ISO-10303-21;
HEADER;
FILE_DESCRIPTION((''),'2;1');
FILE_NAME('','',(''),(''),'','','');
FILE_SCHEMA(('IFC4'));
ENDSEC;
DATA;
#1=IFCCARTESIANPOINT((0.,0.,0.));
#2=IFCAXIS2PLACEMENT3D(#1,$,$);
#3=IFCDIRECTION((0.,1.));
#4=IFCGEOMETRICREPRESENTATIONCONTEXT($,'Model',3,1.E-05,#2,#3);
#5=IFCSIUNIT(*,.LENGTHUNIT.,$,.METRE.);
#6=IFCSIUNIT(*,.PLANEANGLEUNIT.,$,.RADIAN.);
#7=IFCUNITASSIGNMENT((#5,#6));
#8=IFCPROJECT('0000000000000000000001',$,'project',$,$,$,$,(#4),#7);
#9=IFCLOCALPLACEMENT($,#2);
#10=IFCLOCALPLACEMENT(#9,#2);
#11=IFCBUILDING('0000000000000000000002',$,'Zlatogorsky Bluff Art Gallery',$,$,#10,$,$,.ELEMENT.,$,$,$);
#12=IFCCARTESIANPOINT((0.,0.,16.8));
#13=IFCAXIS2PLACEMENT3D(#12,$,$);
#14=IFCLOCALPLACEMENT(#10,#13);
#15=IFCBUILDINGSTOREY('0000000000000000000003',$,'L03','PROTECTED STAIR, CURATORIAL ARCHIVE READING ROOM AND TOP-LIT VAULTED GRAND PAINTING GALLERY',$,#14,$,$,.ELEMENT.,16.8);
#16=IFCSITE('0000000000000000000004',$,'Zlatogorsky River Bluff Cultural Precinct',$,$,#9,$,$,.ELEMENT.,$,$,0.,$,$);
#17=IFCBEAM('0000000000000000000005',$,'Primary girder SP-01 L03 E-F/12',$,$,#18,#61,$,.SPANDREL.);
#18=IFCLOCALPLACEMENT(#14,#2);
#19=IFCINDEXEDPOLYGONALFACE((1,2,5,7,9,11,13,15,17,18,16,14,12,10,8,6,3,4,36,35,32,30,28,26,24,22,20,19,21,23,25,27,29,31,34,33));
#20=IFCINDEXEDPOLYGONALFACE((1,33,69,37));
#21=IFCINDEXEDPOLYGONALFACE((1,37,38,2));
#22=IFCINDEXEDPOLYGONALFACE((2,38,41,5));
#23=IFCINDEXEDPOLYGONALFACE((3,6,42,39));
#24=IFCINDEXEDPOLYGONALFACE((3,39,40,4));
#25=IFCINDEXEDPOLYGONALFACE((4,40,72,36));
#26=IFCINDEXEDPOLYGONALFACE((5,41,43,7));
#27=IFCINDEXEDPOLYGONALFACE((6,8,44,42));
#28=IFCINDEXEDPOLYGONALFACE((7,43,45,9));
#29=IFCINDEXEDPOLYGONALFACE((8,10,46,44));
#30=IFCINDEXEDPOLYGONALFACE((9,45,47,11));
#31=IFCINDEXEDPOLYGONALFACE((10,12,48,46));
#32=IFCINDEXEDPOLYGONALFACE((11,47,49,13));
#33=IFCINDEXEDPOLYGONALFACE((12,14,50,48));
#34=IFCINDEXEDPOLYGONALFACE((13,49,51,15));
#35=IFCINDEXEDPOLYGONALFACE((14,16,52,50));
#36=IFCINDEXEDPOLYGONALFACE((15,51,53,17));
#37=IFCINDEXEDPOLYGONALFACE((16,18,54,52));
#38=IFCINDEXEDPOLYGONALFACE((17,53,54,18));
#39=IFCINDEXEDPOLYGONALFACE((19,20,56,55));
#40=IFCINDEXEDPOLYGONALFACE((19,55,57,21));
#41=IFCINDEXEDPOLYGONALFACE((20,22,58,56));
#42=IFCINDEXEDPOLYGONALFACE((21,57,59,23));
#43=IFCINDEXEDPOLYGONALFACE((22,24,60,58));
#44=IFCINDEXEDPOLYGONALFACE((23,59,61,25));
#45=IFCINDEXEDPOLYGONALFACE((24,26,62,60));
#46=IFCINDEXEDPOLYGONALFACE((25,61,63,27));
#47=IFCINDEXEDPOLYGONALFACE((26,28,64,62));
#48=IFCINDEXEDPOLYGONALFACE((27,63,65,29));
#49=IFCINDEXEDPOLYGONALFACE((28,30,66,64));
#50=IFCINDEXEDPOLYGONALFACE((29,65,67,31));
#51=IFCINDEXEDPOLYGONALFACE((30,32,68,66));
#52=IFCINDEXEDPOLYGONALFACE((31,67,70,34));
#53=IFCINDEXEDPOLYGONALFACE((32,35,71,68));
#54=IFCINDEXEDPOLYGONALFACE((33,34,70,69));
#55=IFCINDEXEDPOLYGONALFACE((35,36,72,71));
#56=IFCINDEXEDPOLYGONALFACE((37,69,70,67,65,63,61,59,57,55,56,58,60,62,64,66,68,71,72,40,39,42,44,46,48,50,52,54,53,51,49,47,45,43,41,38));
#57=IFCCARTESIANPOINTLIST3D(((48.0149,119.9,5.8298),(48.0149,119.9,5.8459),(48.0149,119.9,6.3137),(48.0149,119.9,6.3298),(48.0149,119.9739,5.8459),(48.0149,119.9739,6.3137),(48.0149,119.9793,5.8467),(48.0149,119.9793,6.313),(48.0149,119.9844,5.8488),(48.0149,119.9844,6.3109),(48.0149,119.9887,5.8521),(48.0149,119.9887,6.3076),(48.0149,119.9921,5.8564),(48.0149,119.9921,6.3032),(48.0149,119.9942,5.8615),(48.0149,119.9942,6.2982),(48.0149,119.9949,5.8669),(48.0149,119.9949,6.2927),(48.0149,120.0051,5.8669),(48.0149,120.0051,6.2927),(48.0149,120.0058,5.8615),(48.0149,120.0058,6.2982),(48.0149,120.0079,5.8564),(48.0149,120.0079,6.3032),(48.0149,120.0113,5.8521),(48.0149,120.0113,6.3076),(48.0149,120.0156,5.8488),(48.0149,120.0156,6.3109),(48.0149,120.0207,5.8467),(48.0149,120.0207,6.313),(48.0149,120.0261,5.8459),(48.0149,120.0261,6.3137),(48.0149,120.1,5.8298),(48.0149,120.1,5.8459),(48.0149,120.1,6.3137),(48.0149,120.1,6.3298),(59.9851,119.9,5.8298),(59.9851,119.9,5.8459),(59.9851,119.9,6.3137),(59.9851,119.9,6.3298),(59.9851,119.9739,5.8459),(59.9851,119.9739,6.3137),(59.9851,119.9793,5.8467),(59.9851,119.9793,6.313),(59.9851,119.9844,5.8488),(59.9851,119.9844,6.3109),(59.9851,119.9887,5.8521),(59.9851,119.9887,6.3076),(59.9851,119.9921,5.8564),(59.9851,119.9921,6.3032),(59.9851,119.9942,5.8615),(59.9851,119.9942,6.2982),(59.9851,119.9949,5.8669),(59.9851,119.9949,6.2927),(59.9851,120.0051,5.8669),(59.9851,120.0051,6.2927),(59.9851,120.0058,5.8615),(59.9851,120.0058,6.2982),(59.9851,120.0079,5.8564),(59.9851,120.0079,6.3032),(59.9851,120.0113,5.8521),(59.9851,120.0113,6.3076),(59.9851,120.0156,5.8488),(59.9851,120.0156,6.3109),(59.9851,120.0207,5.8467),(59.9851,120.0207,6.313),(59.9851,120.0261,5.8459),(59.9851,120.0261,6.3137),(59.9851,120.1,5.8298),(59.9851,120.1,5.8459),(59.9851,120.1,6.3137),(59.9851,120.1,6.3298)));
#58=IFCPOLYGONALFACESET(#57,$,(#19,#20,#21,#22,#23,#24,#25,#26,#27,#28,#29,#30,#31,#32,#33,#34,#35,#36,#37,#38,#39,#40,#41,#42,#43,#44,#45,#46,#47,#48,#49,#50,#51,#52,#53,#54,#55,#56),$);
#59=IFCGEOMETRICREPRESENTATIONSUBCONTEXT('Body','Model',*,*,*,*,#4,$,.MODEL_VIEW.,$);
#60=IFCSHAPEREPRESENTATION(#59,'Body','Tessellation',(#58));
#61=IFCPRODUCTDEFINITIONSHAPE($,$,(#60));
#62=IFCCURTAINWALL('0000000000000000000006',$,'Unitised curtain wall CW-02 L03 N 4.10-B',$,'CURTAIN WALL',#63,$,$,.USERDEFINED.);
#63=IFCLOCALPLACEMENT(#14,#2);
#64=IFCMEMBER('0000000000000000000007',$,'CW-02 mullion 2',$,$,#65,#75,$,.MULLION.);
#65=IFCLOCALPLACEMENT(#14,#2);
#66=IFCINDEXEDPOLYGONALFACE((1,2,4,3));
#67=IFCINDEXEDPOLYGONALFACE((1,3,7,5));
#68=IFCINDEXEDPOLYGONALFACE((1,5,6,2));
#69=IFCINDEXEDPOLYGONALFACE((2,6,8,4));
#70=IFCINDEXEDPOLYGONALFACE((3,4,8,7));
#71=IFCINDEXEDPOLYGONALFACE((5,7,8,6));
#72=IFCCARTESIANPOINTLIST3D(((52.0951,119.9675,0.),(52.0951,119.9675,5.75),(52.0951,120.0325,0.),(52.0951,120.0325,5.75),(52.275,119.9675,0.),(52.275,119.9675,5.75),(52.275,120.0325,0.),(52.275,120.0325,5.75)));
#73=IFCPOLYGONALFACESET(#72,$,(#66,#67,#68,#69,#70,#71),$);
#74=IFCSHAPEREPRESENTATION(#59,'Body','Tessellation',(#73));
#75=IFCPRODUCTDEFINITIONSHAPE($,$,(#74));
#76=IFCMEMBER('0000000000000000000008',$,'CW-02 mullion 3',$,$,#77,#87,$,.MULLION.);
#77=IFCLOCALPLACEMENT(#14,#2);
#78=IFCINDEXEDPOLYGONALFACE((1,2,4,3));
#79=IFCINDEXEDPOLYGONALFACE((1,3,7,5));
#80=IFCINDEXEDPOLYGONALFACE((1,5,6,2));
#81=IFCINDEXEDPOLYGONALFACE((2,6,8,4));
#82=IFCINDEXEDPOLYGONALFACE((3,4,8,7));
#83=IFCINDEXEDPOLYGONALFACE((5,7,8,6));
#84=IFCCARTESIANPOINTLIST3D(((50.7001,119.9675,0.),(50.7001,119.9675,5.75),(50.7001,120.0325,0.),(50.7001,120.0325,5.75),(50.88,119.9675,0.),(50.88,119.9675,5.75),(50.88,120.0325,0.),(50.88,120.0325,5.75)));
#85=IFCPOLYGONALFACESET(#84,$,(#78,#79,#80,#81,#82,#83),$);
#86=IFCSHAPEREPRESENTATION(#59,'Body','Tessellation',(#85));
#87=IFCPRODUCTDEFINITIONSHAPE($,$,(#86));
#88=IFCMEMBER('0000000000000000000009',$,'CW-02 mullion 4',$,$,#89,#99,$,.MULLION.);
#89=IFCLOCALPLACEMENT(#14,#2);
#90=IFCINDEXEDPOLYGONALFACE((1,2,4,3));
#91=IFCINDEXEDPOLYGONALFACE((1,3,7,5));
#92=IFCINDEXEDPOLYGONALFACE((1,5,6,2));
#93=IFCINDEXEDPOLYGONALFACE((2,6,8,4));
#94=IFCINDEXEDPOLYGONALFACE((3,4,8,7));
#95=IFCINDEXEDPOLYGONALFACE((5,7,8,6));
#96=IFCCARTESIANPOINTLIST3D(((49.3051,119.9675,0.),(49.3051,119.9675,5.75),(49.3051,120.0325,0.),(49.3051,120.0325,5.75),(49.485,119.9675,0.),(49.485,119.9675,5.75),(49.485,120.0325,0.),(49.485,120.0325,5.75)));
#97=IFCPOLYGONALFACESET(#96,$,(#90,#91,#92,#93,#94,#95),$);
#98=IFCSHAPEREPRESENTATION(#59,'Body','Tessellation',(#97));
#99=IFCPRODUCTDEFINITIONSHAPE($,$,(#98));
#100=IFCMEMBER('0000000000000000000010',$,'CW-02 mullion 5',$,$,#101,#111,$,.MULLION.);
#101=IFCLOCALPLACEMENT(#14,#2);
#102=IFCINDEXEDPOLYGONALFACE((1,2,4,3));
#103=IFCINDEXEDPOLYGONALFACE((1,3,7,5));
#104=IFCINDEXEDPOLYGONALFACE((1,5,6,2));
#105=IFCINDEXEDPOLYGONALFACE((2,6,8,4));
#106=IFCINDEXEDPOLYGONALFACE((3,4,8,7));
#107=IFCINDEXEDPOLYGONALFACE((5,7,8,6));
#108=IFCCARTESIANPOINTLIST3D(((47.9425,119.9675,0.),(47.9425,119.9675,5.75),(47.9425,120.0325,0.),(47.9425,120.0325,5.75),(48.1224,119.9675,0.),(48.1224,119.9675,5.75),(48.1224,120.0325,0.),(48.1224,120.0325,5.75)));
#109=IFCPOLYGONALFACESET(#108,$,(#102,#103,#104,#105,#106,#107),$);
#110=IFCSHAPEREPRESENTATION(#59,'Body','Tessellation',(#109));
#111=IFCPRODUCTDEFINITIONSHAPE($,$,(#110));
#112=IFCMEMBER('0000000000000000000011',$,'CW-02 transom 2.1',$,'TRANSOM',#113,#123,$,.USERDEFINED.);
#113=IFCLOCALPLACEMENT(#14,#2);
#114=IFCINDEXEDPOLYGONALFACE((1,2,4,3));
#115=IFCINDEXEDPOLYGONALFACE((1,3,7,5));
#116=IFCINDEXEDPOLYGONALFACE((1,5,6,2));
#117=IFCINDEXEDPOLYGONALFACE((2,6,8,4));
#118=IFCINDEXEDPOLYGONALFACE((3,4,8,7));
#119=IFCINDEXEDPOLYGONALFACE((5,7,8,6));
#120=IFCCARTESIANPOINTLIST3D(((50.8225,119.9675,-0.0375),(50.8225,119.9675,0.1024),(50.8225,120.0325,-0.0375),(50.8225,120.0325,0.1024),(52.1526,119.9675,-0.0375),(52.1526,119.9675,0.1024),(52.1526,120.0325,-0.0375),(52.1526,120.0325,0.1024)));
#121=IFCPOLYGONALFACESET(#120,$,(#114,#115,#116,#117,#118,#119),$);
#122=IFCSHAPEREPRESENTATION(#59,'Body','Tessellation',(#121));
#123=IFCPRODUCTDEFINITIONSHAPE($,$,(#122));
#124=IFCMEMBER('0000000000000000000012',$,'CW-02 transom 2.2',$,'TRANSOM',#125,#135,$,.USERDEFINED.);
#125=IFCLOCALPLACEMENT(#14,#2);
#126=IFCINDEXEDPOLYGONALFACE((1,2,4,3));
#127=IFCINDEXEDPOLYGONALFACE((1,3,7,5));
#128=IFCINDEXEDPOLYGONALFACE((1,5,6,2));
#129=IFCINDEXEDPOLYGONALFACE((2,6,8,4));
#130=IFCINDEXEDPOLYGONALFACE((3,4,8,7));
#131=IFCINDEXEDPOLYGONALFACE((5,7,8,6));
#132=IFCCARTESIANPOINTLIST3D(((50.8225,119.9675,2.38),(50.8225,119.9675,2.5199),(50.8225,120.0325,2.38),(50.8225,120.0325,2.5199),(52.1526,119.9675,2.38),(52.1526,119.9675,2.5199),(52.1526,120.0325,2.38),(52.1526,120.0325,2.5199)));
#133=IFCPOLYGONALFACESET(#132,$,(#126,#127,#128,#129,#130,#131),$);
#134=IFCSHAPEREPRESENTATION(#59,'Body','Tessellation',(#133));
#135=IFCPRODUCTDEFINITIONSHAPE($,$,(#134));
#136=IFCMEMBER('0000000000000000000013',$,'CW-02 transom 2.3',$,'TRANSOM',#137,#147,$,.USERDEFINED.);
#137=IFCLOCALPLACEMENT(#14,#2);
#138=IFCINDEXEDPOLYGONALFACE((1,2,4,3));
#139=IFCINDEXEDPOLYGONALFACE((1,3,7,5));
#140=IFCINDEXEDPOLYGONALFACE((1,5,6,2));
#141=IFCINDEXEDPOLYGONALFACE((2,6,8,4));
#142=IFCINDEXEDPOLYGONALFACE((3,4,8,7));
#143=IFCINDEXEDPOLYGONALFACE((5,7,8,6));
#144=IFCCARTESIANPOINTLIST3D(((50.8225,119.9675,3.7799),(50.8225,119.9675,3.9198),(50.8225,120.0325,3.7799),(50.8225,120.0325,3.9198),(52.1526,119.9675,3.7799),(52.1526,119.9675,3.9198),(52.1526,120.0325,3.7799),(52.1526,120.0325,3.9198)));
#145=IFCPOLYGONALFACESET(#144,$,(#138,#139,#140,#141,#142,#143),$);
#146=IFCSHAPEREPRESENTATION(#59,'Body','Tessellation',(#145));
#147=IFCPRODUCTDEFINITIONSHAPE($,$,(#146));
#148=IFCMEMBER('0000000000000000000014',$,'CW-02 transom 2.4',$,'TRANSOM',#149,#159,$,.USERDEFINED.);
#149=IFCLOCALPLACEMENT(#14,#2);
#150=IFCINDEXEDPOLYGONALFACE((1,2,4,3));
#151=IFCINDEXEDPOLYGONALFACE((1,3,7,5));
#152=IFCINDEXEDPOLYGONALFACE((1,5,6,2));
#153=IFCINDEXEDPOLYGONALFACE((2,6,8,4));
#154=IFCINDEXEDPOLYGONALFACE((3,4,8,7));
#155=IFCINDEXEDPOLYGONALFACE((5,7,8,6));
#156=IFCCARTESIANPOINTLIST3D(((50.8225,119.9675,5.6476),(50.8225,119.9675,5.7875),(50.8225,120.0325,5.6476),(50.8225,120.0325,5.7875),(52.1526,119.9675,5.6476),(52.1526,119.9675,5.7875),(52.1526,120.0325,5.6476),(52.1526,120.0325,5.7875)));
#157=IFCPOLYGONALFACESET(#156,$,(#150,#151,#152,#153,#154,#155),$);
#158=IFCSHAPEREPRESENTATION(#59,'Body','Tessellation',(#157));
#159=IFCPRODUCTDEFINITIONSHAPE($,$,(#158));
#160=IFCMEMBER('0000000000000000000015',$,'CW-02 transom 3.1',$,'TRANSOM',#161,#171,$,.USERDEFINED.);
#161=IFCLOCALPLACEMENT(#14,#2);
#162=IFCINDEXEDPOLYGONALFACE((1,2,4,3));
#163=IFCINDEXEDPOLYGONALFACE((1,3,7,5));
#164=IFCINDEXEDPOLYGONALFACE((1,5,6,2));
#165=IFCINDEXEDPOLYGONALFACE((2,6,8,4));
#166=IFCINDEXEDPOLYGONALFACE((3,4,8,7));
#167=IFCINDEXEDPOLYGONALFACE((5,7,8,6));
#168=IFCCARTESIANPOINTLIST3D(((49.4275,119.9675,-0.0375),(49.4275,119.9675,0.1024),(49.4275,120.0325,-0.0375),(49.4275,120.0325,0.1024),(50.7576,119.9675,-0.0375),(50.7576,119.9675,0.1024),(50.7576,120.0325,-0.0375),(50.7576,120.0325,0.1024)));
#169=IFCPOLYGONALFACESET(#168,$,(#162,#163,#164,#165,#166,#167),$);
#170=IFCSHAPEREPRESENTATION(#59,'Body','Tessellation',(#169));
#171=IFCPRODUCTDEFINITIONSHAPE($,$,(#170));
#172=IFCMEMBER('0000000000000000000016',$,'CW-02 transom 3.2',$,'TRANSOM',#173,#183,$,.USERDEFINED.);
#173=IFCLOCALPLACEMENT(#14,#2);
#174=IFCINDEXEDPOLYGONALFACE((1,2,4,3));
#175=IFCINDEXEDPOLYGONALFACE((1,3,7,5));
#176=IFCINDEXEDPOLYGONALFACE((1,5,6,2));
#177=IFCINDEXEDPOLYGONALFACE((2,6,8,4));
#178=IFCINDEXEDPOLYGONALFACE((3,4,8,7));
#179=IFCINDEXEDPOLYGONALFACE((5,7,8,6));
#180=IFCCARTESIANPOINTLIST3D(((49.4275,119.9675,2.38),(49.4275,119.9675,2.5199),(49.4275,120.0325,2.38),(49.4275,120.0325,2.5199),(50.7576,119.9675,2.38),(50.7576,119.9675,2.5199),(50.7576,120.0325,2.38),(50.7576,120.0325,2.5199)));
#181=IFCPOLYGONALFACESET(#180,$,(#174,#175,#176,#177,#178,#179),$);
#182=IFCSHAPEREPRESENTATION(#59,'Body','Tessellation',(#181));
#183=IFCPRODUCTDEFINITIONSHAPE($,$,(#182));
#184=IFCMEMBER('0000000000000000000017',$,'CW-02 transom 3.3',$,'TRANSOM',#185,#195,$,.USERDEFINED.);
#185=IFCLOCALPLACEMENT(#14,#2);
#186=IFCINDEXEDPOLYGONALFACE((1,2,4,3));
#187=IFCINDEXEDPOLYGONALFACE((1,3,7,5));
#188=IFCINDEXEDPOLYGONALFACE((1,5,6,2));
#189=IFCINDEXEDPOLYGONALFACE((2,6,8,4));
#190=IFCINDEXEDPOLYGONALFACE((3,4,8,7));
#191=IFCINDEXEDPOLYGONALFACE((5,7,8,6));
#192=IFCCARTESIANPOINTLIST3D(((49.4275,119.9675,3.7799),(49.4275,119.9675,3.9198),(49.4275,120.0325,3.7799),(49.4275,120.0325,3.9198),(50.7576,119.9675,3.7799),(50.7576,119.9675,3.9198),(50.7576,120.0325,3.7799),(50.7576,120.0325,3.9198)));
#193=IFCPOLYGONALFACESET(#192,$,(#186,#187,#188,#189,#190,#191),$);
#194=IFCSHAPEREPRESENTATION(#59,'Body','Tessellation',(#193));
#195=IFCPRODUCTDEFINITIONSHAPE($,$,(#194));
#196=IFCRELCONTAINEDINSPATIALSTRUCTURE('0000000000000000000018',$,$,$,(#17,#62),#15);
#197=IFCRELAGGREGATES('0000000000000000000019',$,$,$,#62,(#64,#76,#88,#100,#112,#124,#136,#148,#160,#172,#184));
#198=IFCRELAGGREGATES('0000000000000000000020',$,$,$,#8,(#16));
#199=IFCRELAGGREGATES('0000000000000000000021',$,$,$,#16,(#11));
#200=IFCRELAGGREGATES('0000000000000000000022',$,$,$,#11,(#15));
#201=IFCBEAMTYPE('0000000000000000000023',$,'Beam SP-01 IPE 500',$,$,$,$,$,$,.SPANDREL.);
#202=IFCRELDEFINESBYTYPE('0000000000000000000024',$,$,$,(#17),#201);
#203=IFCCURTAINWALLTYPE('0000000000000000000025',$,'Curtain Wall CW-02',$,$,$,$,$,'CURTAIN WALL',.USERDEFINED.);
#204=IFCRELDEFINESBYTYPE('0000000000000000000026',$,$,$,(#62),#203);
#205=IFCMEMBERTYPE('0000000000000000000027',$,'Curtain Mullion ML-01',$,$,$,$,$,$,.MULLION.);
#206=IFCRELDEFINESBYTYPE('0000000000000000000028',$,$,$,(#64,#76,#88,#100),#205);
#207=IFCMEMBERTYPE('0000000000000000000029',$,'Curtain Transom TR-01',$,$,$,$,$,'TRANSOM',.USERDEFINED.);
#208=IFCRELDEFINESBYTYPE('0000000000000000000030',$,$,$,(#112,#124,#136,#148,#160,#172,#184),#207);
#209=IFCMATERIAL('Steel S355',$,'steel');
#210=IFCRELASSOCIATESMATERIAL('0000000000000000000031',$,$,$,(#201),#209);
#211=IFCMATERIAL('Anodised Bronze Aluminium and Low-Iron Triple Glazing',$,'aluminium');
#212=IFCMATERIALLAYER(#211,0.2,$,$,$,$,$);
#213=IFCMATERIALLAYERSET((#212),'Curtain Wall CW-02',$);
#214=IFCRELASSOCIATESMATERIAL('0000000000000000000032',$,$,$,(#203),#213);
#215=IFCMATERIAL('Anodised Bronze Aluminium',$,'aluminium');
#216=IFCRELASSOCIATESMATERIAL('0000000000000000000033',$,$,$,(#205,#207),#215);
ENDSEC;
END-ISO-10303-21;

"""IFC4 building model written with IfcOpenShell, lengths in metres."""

from ifc_helpers import new_model, si_unit, direction, frame, origin, origin_2d, place, context, subcontext, project, spatial, rectangle, i_section, extrude, material, layer, layer_set, material_profile, profile_set, type_object, element, aggregate, save


model = new_model("IFC4")

# Units and contexts
model_context = context("Model", 3, precision=1e-05, world=origin(), true_north=direction((0.0, 1.0)))
body_context = subcontext(model_context, "Body", "Model", "MODEL_VIEW")
ifc_project = project(units=[si_unit("LENGTHUNIT", "METRE"), si_unit("PLANEANGLEUNIT", "RADIAN")], contexts=[model_context])

# Site, building, storey
site_placement = place(None, origin())
site = spatial("IfcSite", under=ifc_project, at=site_placement, Name="Zlatogorsky River Bluff Cultural Precinct", CompositionType="ELEMENT", RefElevation=0.0)
building_placement = place(site_placement, origin())
building = spatial("IfcBuilding", under=site, at=building_placement, Name="Zlatogorsky Bluff Art Gallery", CompositionType="ELEMENT")
storey_placement = place(building_placement, frame((0.0, 0.0, 16.8)))
storey = spatial("IfcBuildingStorey", under=building, at=storey_placement, Name="L03", Description="PROTECTED STAIR, CURATORIAL ARCHIVE READING ROOM AND TOP-LIT VAULTED GRAND PAINTING GALLERY", CompositionType="ELEMENT", Elevation=16.8)

# Beam
ifc_material_1 = material(Name="Steel S355", Category="steel")
ifc_material_profile_1 = material_profile(ifc_material_1, i_section(OverallWidth=0.2, OverallDepth=0.5, WebThickness=0.0103, FlangeThickness=0.0161, FilletRadius=0.021, at=origin_2d()), Name="IPE 500")
ifc_profile_set_1 = profile_set([ifc_material_profile_1], Name="Steel S355")
beam_type = type_object("IfcBeamType", Name="Beam SP-01 IPE 500", PredefinedType="SPANDREL", material=ifc_profile_set_1)
beam_placement = place(storey_placement, frame((48.0149, 120.0, 6.0798), z_axis=(1.0, 0.0, 0.0), x_axis=(0.0, 1.0, 0.0)))
element("IfcBeam", 1, at=beam_placement, inside=storey, type_object=beam_type, Name="Primary girder SP-01 L03 E-F/12", PredefinedType="SPANDREL", context=body_context, shape_type="SweptSolid", body=[
    extrude(i_section(OverallWidth=0.2, OverallDepth=0.5, WebThickness=0.0103, FlangeThickness=0.0161, FilletRadius=0.021, at=origin_2d()), origin(), (0.0, 0.0, 1.0), 11.9702),
])

# Curtain wall, members
ifc_material_2 = material(Name="Anodised Bronze Aluminium and Low-Iron Triple Glazing", Category="aluminium")
ifc_layer_1 = layer(ifc_material_2, 0.2)
ifc_layer_set_1 = layer_set([ifc_layer_1], Name="Curtain Wall CW-02")
curtain_wall_type = type_object("IfcCurtainWallType", Name="Curtain Wall CW-02", ElementType="CURTAIN WALL", PredefinedType="USERDEFINED", material=ifc_layer_set_1)
curtain_wall_placement = place(storey_placement, origin())
curtain_wall = element("IfcCurtainWall", 2, at=curtain_wall_placement, inside=storey, type_object=curtain_wall_type, Name="Unitised curtain wall CW-02 L03 N 4.10-B", ObjectType="CURTAIN WALL", PredefinedType="USERDEFINED")
ifc_material_3 = material(Name="Anodised Bronze Aluminium", Category="aluminium")
ifc_material_profile_2 = material_profile(ifc_material_3, rectangle(XDim=0.0649, YDim=0.1799, at=origin_2d()), Name="ALU MULLION 65x180")
ifc_profile_set_2 = profile_set([ifc_material_profile_2], Name="Anodised Bronze Aluminium")
member_type_1 = type_object("IfcMemberType", Name="Curtain Mullion ML-01", PredefinedType="MULLION", material=ifc_profile_set_2)
member_1_placement = place(storey_placement, frame((52.1851, 120.0, 0.0), z_axis=(0.0, 0.0, 1.0), x_axis=(0.0, -1.0, 0.0)))
member_1 = element("IfcMember", 3, at=member_1_placement, type_object=member_type_1, Name="CW-02 mullion 2", PredefinedType="MULLION", context=body_context, shape_type="SweptSolid", body=[
    extrude(rectangle(XDim=0.0649, YDim=0.1799, at=origin_2d()), origin(), (0.0, 0.0, 1.0), 5.75),
])
member_2_placement = place(storey_placement, frame((50.79, 120.0, 0.0), z_axis=(0.0, 0.0, 1.0), x_axis=(0.0, -1.0, 0.0)))
member_2 = element("IfcMember", 4, at=member_2_placement, type_object=member_type_1, Name="CW-02 mullion 3", PredefinedType="MULLION", context=body_context, shape_type="SweptSolid", body=[
    extrude(rectangle(XDim=0.0649, YDim=0.1799, at=origin_2d()), origin(), (0.0, 0.0, 1.0), 5.75),
])
member_3_placement = place(storey_placement, frame((49.395, 120.0, 0.0), z_axis=(0.0, 0.0, 1.0), x_axis=(0.0, -1.0, 0.0)))
member_3 = element("IfcMember", 5, at=member_3_placement, type_object=member_type_1, Name="CW-02 mullion 4", PredefinedType="MULLION", context=body_context, shape_type="SweptSolid", body=[
    extrude(rectangle(XDim=0.0649, YDim=0.1799, at=origin_2d()), origin(), (0.0, 0.0, 1.0), 5.75),
])
member_4_placement = place(storey_placement, frame((48.0325, 120.0, 0.0), z_axis=(0.0, 0.0, 1.0), x_axis=(0.0, -1.0, 0.0)))
member_4 = element("IfcMember", 6, at=member_4_placement, type_object=member_type_1, Name="CW-02 mullion 5", PredefinedType="MULLION", context=body_context, shape_type="SweptSolid", body=[
    extrude(rectangle(XDim=0.0649, YDim=0.1799, at=origin_2d()), origin(), (0.0, 0.0, 1.0), 5.75),
])
ifc_material_profile_3 = material_profile(ifc_material_3, rectangle(XDim=0.0649, YDim=0.1399, at=origin_2d()), Name="ALU TRANSOM 65x140")
ifc_profile_set_3 = profile_set([ifc_material_profile_3], Name="Anodised Bronze Aluminium")
member_type_2 = type_object("IfcMemberType", Name="Curtain Transom TR-01", ElementType="TRANSOM", PredefinedType="USERDEFINED", material=ifc_profile_set_3)
member_5_placement = place(storey_placement, frame((52.1526, 120.0, 0.0325), z_axis=(-1.0, 0.0, 0.0), x_axis=(0.0, -1.0, 0.0)))
member_5 = element("IfcMember", 7, at=member_5_placement, type_object=member_type_2, Name="CW-02 transom 2.1", ObjectType="TRANSOM", PredefinedType="USERDEFINED", context=body_context, shape_type="SweptSolid", body=[
    extrude(rectangle(XDim=0.0649, YDim=0.1399, at=origin_2d()), origin(), (0.0, 0.0, 1.0), 1.3301),
])
member_6_placement = place(storey_placement, frame((52.1526, 120.0, 2.45), z_axis=(-1.0, 0.0, 0.0), x_axis=(0.0, -1.0, 0.0)))
member_6 = element("IfcMember", 8, at=member_6_placement, type_object=member_type_2, Name="CW-02 transom 2.2", ObjectType="TRANSOM", PredefinedType="USERDEFINED", context=body_context, shape_type="SweptSolid", body=[
    extrude(rectangle(XDim=0.0649, YDim=0.1399, at=origin_2d()), origin(), (0.0, 0.0, 1.0), 1.3301),
])
member_7_placement = place(storey_placement, frame((52.1526, 120.0, 3.8499), z_axis=(-1.0, 0.0, 0.0), x_axis=(0.0, -1.0, 0.0)))
member_7 = element("IfcMember", 9, at=member_7_placement, type_object=member_type_2, Name="CW-02 transom 2.3", ObjectType="TRANSOM", PredefinedType="USERDEFINED", context=body_context, shape_type="SweptSolid", body=[
    extrude(rectangle(XDim=0.0649, YDim=0.1399, at=origin_2d()), origin(), (0.0, 0.0, 1.0), 1.3301),
])
member_8_placement = place(storey_placement, frame((52.1526, 120.0, 5.7175), z_axis=(-1.0, 0.0, 0.0), x_axis=(0.0, -1.0, 0.0)))
member_8 = element("IfcMember", 10, at=member_8_placement, type_object=member_type_2, Name="CW-02 transom 2.4", ObjectType="TRANSOM", PredefinedType="USERDEFINED", context=body_context, shape_type="SweptSolid", body=[
    extrude(rectangle(XDim=0.0649, YDim=0.1399, at=origin_2d()), origin(), (0.0, 0.0, 1.0), 1.3301),
])
member_9_placement = place(storey_placement, frame((50.7576, 120.0, 0.0325), z_axis=(-1.0, 0.0, 0.0), x_axis=(0.0, -1.0, 0.0)))
member_9 = element("IfcMember", 11, at=member_9_placement, type_object=member_type_2, Name="CW-02 transom 3.1", ObjectType="TRANSOM", PredefinedType="USERDEFINED", context=body_context, shape_type="SweptSolid", body=[
    extrude(rectangle(XDim=0.0649, YDim=0.1399, at=origin_2d()), origin(), (0.0, 0.0, 1.0), 1.3301),
])
member_10_placement = place(storey_placement, frame((50.7576, 120.0, 2.45), z_axis=(-1.0, 0.0, 0.0), x_axis=(0.0, -1.0, 0.0)))
member_10 = element("IfcMember", 12, at=member_10_placement, type_object=member_type_2, Name="CW-02 transom 3.2", ObjectType="TRANSOM", PredefinedType="USERDEFINED", context=body_context, shape_type="SweptSolid", body=[
    extrude(rectangle(XDim=0.0649, YDim=0.1399, at=origin_2d()), origin(), (0.0, 0.0, 1.0), 1.3301),
])
member_11_placement = place(storey_placement, frame((50.7576, 120.0, 3.8499), z_axis=(-1.0, 0.0, 0.0), x_axis=(0.0, -1.0, 0.0)))
member_11 = element("IfcMember", 13, at=member_11_placement, type_object=member_type_2, Name="CW-02 transom 3.3", ObjectType="TRANSOM", PredefinedType="USERDEFINED", context=body_context, shape_type="SweptSolid", body=[
    extrude(rectangle(XDim=0.0649, YDim=0.1399, at=origin_2d()), origin(), (0.0, 0.0, 1.0), 1.3301),
])
aggregate(curtain_wall, [member_1, member_2, member_3, member_4, member_5, member_6, member_7, member_8, member_9, member_10, member_11])

save(model, "model.ifc")
